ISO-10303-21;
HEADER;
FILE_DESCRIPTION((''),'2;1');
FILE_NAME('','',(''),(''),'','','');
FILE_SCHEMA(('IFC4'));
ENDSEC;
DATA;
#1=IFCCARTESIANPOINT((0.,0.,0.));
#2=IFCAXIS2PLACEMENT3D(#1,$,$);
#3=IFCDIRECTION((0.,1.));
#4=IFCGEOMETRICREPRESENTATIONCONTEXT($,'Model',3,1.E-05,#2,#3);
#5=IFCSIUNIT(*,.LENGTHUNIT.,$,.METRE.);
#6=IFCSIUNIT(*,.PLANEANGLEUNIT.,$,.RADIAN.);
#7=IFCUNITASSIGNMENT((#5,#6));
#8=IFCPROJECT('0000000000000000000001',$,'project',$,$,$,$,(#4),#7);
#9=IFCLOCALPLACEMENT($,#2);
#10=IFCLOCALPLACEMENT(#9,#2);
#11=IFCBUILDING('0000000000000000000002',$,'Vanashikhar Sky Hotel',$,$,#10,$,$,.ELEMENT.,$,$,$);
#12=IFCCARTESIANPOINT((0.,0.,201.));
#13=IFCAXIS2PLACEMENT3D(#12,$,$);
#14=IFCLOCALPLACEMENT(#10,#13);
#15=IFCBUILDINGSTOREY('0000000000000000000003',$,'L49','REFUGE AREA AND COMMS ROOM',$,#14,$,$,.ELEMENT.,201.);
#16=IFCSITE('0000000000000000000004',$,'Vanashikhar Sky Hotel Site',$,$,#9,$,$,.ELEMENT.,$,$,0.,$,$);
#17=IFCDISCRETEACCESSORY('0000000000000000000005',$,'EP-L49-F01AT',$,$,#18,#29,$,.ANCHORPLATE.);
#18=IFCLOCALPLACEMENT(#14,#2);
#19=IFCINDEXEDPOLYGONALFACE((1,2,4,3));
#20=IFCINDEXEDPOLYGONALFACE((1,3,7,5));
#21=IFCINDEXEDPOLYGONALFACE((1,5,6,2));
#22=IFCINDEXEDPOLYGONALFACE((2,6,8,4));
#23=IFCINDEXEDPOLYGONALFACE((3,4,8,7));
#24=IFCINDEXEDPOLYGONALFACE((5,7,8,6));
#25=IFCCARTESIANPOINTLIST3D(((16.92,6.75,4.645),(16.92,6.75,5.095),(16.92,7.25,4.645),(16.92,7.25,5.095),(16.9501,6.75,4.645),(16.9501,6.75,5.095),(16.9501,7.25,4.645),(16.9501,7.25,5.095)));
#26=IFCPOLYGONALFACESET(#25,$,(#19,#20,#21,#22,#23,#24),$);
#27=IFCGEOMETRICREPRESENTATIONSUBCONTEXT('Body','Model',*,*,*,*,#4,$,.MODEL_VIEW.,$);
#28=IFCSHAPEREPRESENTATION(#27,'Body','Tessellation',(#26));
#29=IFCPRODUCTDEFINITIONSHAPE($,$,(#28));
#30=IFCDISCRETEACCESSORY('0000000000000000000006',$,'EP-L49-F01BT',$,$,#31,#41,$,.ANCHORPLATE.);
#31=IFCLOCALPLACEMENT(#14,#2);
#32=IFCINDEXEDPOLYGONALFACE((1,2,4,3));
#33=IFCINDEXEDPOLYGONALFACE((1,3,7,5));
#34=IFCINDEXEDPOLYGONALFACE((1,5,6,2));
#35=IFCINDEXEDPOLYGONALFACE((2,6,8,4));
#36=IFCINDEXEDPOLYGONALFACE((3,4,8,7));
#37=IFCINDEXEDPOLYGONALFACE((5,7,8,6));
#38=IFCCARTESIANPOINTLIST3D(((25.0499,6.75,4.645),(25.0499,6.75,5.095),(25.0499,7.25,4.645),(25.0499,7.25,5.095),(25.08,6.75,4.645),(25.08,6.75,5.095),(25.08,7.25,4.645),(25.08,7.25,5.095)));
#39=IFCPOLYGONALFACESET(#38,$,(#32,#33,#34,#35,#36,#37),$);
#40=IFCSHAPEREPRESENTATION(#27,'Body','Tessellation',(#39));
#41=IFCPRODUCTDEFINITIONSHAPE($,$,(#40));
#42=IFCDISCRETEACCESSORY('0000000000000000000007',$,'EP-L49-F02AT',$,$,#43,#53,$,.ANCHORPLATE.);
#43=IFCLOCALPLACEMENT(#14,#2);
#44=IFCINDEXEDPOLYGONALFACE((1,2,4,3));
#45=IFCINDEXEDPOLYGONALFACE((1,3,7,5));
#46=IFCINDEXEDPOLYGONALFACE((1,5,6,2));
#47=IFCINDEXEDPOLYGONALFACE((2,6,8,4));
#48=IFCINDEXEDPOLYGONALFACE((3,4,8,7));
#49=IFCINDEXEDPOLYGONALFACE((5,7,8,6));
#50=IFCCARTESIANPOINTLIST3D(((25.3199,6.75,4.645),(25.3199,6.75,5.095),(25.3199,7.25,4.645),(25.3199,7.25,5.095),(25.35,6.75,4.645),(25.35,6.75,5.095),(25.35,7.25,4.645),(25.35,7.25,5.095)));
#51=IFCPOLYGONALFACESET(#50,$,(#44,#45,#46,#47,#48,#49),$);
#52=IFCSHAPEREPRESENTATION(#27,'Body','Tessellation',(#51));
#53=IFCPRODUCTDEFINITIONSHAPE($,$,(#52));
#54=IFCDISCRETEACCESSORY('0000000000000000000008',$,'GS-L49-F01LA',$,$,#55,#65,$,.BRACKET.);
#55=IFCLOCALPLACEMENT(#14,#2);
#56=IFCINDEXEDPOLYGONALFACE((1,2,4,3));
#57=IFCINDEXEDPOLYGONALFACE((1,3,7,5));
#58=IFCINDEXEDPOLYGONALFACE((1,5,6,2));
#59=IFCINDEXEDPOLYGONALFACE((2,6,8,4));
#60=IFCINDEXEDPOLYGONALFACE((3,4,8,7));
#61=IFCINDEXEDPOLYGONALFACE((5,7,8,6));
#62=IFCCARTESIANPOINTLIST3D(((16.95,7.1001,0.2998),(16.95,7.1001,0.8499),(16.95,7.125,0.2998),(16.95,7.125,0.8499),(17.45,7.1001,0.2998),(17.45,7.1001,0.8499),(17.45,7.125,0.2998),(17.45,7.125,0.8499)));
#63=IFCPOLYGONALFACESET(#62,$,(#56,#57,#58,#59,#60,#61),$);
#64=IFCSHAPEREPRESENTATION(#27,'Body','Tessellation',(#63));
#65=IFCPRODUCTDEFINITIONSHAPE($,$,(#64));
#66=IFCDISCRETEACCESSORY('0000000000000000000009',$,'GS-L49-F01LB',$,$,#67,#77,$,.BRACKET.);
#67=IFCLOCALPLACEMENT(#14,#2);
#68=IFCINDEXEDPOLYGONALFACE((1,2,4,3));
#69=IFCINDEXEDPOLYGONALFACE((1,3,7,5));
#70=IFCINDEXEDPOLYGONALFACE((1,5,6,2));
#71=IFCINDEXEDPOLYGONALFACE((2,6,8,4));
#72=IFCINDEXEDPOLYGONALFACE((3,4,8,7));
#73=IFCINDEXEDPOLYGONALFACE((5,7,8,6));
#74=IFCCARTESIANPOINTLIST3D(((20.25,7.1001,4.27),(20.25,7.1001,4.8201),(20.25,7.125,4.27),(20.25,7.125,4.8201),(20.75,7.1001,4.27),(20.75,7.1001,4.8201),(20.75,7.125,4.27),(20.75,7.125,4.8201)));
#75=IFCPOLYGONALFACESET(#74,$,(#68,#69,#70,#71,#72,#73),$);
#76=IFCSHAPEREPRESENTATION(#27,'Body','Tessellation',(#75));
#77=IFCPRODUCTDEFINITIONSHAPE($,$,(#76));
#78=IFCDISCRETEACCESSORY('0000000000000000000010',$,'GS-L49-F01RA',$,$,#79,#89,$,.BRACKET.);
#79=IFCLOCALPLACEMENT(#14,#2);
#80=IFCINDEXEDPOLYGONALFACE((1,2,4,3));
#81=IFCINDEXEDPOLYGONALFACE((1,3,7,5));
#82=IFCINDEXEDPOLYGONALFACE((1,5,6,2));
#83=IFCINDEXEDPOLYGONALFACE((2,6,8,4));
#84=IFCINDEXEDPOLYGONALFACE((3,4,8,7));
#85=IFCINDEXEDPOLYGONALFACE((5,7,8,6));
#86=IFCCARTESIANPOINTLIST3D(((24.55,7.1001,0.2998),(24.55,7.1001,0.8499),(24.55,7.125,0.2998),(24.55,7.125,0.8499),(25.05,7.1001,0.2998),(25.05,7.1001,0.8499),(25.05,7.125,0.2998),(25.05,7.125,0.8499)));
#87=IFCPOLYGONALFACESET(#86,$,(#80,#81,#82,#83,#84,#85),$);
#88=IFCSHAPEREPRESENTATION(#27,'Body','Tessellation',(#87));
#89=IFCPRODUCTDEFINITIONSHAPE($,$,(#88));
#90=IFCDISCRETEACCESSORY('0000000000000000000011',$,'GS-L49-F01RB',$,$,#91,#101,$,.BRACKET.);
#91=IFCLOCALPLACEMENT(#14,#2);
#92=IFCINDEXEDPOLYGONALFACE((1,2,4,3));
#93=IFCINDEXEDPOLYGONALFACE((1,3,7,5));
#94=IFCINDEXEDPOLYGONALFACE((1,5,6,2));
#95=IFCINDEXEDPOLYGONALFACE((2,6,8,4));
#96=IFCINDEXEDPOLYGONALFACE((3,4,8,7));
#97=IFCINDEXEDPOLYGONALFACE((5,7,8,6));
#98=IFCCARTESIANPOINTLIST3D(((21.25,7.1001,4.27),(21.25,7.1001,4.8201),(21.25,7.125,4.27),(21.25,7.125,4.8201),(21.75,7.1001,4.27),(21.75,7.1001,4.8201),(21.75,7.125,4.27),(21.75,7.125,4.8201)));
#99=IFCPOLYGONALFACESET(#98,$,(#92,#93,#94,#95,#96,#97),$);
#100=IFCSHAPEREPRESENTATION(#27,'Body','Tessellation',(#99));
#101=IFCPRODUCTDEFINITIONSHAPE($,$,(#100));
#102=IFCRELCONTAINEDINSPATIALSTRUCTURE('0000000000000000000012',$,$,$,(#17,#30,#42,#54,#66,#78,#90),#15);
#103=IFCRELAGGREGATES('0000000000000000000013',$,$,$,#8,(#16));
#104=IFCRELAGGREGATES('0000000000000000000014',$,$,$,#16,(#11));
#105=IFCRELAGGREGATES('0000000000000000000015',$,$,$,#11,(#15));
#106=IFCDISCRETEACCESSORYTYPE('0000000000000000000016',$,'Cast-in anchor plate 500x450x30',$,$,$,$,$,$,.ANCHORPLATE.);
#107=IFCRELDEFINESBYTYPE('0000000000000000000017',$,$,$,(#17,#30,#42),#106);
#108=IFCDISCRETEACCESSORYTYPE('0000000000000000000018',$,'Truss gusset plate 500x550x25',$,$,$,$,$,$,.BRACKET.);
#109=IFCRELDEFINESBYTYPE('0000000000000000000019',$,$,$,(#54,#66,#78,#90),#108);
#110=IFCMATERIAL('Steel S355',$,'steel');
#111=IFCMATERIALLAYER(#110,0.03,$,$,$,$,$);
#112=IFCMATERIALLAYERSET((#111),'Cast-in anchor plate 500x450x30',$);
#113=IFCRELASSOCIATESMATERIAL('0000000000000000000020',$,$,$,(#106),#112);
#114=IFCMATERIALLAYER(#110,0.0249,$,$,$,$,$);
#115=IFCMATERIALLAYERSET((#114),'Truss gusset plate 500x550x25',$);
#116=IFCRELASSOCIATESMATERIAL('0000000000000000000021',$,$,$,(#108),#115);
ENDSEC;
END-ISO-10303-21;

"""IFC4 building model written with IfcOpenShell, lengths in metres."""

from ifc_helpers import new_model, si_unit, direction, frame, origin, origin_2d, place, context, subcontext, project, spatial, rectangle, extrude, source, transform, mapped, material, layer, layer_set, type_object, element, save


model = new_model("IFC4")

# Units and contexts
model_context = context("Model", 3, precision=1e-05, world=origin(), true_north=direction((0.0, 1.0)))
body_context = subcontext(model_context, "Body", "Model", "MODEL_VIEW")
ifc_project = project(units=[si_unit("LENGTHUNIT", "METRE"), si_unit("PLANEANGLEUNIT", "RADIAN")], contexts=[model_context])

# Site, building, storey
site_placement = place(None, origin())
site = spatial("IfcSite", under=ifc_project, at=site_placement, Name="Vanashikhar Sky Hotel Site", CompositionType="ELEMENT", RefElevation=0.0)
building_placement = place(site_placement, origin())
building = spatial("IfcBuilding", under=site, at=building_placement, Name="Vanashikhar Sky Hotel", CompositionType="ELEMENT")
storey_placement = place(building_placement, frame((0.0, 0.0, 201.0)))
storey = spatial("IfcBuildingStorey", under=building, at=storey_placement, Name="L49", Description="REFUGE AREA AND COMMS ROOM", CompositionType="ELEMENT", Elevation=201.0)

# Shared definitions
ifc_material_1 = material(Name="Steel S355", Category="steel")

# Discrete accessories
ifc_layer_1 = layer(ifc_material_1, 0.03)
ifc_layer_set_1 = layer_set([ifc_layer_1], Name="Cast-in anchor plate 500x450x30")
discrete_accessory_type_1 = type_object("IfcDiscreteAccessoryType", Name="Cast-in anchor plate 500x450x30", PredefinedType="ANCHORPLATE", material=ifc_layer_set_1)
shared_shape_1 = source(origin(), body_context, "Body", "SweptSolid", [
    extrude(rectangle(XDim=0.03, YDim=0.5, at=origin_2d()), origin(), (0.0, 0.0, 1.0), 0.45),
])
for number, where, z_axis, x_axis, name in (
    (1, (16.9351, 7.0, 4.645), (0.0, 0.0, 1.0), (1.0, 0.0, 0.0), "EP-L49-F01AT"),
    (2, (25.0649, 7.0, 4.645), (0.0, 0.0, 1.0), (1.0, 0.0, 0.0), "EP-L49-F01BT"),
    (3, (25.335, 7.0, 4.645), (0.0, 0.0, 1.0), (1.0, 0.0, 0.0), "EP-L49-F02AT"),
):
    element("IfcDiscreteAccessory", number, at=place(storey_placement, frame(where, z_axis=z_axis, x_axis=x_axis)), inside=storey, type_object=discrete_accessory_type_1, Name=name, PredefinedType="ANCHORPLATE", context=body_context, shape_type="MappedRepresentation", body=[
        mapped(shared_shape_1, transform((0.0, 0.0, 0.0), scale=1.0)),
    ])
ifc_layer_2 = layer(ifc_material_1, 0.0249)
ifc_layer_set_2 = layer_set([ifc_layer_2], Name="Truss gusset plate 500x550x25")
discrete_accessory_type_2 = type_object("IfcDiscreteAccessoryType", Name="Truss gusset plate 500x550x25", PredefinedType="BRACKET", material=ifc_layer_set_2)
shared_shape_2 = source(origin(), body_context, "Body", "SweptSolid", [
    extrude(rectangle(XDim=0.5, YDim=0.0249, at=origin_2d()), origin(), (0.0, 0.0, 1.0), 0.55),
])
for number, where, z_axis, x_axis, name in (
    (4, (17.2, 7.1125, 0.2998), (0.0, 0.0, 1.0), (1.0, 0.0, 0.0), "GS-L49-F01LA"),
    (5, (20.5, 7.1125, 4.27), (0.0, 0.0, 1.0), (1.0, 0.0, 0.0), "GS-L49-F01LB"),
    (6, (24.8, 7.1125, 0.2998), (0.0, 0.0, 1.0), (1.0, 0.0, 0.0), "GS-L49-F01RA"),
    (7, (21.5, 7.1125, 4.27), (0.0, 0.0, 1.0), (1.0, 0.0, 0.0), "GS-L49-F01RB"),
):
    element("IfcDiscreteAccessory", number, at=place(storey_placement, frame(where, z_axis=z_axis, x_axis=x_axis)), inside=storey, type_object=discrete_accessory_type_2, Name=name, PredefinedType="BRACKET", context=body_context, shape_type="MappedRepresentation", body=[
        mapped(shared_shape_2, transform((0.0, 0.0, 0.0), scale=1.0)),
    ])

save(model, "model.ifc")
